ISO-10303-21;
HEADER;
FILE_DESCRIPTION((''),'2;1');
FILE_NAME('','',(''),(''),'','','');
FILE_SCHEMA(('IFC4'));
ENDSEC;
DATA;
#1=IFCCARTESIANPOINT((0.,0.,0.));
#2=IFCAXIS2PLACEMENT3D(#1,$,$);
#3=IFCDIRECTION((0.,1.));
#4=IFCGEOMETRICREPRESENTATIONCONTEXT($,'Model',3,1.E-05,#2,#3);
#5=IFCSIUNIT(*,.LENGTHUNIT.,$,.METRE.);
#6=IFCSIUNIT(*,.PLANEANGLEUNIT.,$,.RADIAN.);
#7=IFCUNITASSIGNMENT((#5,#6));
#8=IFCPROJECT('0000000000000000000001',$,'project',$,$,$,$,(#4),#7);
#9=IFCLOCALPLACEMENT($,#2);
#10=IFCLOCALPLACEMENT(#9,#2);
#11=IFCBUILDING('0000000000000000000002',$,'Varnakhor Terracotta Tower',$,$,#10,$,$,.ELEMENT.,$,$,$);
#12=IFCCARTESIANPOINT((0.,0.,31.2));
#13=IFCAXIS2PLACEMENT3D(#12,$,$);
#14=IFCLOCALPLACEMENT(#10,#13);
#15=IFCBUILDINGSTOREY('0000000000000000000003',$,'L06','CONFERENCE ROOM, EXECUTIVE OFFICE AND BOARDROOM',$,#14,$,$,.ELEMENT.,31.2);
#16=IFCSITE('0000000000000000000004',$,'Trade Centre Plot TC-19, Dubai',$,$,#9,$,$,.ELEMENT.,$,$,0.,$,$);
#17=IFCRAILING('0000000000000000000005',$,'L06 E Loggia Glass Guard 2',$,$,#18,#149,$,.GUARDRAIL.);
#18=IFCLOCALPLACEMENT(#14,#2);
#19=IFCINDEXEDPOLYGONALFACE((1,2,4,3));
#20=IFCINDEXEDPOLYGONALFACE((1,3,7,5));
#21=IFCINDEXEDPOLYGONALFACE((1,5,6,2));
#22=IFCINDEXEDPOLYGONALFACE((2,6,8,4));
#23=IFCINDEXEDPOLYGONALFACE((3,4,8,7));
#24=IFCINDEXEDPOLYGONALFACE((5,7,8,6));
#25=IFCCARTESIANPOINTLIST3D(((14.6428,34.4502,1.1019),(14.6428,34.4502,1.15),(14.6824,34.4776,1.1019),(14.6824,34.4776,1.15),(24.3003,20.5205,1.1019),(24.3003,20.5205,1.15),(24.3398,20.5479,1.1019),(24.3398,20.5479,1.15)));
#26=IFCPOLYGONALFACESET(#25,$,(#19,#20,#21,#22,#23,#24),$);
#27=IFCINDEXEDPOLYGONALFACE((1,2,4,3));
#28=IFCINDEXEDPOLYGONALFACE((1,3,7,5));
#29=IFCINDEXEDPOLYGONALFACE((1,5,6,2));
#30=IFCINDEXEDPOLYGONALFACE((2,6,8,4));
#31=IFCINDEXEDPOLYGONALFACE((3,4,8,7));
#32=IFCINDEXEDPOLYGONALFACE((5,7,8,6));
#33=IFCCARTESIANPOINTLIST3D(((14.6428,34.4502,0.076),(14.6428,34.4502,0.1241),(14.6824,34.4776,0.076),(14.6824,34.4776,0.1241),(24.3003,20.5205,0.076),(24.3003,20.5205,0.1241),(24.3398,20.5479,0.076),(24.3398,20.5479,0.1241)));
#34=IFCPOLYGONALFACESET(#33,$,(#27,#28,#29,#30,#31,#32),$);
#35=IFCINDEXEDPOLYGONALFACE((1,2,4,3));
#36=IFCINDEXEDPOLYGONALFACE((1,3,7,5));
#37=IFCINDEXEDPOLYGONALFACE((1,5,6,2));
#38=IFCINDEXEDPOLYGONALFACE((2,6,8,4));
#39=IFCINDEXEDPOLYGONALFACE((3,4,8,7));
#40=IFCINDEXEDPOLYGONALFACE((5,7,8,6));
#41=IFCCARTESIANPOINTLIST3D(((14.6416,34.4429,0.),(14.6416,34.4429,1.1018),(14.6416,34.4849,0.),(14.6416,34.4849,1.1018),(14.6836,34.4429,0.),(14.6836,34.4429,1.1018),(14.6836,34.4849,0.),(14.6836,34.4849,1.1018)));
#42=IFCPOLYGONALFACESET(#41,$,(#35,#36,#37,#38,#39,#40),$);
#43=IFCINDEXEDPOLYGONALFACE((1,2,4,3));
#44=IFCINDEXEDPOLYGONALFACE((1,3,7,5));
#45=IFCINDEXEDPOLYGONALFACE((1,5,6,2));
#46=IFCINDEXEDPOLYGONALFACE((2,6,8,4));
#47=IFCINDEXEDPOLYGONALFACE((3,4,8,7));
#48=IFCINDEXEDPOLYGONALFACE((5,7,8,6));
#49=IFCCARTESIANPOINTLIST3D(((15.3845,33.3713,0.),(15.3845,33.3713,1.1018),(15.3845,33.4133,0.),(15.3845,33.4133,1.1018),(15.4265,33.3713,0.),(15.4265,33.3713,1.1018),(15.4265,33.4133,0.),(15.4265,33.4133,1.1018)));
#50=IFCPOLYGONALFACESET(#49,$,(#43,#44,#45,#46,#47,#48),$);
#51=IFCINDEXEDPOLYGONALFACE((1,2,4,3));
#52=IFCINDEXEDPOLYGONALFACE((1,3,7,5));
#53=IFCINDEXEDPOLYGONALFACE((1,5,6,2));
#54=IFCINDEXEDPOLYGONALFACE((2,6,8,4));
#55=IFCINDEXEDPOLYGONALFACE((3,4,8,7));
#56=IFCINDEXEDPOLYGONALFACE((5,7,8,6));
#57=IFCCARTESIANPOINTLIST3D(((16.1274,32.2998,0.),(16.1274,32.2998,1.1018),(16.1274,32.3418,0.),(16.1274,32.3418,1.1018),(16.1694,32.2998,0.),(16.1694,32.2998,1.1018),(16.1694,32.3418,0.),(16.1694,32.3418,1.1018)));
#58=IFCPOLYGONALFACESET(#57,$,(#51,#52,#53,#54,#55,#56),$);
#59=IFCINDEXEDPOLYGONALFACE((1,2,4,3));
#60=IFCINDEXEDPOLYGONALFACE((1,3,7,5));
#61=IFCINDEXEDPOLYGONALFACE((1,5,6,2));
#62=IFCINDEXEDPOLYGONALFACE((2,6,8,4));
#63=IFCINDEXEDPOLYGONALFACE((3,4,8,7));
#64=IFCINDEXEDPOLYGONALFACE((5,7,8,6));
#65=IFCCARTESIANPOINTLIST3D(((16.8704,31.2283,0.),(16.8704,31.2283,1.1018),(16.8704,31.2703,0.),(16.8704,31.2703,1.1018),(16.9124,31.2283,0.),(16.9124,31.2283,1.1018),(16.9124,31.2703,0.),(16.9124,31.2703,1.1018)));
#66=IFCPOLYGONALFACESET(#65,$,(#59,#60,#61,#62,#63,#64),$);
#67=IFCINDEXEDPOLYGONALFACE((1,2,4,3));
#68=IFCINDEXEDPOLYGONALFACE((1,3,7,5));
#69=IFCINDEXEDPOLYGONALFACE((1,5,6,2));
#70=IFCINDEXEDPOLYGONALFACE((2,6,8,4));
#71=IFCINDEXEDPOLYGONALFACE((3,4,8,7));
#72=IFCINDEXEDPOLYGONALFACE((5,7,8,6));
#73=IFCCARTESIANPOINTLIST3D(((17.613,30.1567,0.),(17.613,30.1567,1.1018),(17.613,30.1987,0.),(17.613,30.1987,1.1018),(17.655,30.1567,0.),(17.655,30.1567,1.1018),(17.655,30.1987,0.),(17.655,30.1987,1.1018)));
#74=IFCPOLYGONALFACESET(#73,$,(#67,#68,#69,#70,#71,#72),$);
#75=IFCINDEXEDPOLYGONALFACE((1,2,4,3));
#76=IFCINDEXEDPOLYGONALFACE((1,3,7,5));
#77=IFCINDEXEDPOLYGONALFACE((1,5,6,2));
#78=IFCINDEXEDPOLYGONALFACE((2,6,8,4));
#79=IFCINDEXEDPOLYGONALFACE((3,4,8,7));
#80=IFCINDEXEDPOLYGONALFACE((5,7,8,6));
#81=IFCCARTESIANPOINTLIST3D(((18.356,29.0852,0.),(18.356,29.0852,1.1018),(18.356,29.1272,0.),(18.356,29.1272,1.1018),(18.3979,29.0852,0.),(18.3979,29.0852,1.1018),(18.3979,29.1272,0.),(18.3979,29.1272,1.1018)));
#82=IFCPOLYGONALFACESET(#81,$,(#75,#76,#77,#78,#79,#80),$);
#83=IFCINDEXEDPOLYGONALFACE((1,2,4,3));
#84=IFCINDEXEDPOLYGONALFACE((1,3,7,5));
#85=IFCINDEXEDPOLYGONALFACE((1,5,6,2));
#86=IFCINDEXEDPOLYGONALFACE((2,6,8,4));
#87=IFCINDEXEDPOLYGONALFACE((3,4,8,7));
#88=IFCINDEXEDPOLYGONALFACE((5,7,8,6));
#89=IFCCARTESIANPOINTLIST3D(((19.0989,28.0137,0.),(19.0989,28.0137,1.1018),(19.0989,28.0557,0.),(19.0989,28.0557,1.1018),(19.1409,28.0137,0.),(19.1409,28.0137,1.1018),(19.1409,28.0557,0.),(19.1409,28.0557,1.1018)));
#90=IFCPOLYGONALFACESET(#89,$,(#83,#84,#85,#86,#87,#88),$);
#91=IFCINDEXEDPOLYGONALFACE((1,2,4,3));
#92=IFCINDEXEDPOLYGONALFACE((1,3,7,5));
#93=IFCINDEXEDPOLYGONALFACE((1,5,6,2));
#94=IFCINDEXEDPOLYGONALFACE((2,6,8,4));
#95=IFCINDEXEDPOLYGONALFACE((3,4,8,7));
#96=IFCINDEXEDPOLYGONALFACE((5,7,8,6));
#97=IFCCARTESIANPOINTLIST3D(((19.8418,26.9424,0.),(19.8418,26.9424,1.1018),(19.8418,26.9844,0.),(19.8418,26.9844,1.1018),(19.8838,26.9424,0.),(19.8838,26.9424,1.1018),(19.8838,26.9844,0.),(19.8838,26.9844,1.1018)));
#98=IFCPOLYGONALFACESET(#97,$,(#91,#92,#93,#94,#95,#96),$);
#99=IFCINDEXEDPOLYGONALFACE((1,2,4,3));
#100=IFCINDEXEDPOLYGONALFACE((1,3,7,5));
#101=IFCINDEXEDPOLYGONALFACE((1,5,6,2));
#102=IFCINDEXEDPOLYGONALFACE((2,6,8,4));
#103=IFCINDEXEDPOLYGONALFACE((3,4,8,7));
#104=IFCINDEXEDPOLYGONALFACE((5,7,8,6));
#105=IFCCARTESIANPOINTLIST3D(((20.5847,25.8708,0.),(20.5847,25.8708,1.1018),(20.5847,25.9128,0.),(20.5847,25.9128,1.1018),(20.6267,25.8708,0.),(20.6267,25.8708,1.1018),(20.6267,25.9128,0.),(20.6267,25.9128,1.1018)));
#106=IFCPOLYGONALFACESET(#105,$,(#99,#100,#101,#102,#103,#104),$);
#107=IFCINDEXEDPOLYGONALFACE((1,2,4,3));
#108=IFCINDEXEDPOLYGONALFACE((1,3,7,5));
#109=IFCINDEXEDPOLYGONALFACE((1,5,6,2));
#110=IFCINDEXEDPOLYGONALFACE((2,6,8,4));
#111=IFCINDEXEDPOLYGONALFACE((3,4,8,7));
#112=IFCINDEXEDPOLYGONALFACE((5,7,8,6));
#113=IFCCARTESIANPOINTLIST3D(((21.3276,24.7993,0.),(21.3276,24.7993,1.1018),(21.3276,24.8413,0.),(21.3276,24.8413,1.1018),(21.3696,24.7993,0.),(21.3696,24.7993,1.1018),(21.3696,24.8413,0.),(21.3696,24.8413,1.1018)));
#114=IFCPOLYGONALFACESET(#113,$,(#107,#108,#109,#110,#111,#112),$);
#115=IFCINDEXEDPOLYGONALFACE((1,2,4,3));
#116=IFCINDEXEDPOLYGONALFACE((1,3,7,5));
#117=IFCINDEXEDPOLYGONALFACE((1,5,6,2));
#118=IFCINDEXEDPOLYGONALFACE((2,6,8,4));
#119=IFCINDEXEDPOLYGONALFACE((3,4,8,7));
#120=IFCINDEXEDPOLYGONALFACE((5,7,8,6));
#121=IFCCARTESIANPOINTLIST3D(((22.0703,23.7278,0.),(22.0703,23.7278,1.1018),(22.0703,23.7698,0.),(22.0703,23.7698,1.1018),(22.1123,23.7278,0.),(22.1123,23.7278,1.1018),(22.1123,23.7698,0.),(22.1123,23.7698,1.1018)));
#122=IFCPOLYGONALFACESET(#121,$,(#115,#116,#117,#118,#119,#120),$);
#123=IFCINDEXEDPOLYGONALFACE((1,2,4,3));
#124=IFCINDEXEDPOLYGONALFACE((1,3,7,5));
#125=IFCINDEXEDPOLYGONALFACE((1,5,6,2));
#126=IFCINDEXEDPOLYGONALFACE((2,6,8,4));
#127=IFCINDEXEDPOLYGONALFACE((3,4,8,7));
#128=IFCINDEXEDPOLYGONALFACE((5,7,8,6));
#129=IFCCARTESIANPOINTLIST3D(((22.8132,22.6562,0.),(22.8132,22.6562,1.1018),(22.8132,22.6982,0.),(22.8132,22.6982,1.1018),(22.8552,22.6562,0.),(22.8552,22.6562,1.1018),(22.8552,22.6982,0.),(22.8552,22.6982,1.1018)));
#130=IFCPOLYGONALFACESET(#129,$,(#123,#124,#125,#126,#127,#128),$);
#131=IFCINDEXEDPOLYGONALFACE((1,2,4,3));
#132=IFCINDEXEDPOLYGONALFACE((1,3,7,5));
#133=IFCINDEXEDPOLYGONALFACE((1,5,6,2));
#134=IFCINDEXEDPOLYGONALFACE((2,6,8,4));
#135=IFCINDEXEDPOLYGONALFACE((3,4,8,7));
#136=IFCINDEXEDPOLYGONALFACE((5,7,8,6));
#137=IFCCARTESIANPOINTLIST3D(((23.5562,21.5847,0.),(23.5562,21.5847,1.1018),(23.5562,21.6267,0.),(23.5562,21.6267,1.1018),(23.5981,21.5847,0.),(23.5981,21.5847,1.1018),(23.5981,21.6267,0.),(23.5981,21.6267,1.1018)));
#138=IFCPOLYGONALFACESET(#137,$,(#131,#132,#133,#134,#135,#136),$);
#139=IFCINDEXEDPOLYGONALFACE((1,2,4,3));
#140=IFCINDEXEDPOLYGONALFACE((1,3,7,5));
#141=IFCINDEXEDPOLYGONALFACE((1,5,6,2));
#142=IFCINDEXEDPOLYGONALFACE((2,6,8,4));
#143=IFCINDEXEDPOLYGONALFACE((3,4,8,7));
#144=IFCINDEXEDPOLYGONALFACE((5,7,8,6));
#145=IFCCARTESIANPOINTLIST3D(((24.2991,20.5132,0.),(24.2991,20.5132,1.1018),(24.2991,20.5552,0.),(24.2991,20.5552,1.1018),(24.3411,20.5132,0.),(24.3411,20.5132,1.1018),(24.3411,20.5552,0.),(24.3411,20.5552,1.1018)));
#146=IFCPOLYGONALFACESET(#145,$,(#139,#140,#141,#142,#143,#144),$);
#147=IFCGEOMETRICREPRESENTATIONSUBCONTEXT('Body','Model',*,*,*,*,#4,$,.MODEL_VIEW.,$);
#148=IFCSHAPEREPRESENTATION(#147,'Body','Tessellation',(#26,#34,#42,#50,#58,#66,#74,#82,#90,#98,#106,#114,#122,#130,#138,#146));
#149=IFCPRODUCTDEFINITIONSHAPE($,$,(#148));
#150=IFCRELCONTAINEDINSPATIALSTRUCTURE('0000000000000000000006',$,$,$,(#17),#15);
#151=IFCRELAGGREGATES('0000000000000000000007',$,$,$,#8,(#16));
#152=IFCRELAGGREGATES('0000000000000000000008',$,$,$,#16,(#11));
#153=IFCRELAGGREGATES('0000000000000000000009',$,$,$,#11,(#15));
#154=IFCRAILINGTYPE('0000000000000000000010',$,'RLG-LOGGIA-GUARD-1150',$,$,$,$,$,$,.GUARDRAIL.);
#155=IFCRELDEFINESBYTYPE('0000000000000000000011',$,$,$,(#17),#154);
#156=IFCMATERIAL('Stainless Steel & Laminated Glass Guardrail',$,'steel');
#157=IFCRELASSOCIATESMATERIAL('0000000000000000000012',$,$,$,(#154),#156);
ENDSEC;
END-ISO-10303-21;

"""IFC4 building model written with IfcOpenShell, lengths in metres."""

from ifc_helpers import new_model, si_unit, direction, frame, origin, origin_2d, place, context, subcontext, project, spatial, rectangle, extrude, material, type_object, element, save


model = new_model("IFC4")

# Units and contexts
model_context = context("Model", 3, precision=1e-05, world=origin(), true_north=direction((0.0, 1.0)))
body_context = subcontext(model_context, "Body", "Model", "MODEL_VIEW")
ifc_project = project(units=[si_unit("LENGTHUNIT", "METRE"), si_unit("PLANEANGLEUNIT", "RADIAN")], contexts=[model_context])

# Site, building, storey
site_placement = place(None, origin())
site = spatial("IfcSite", under=ifc_project, at=site_placement, Name="Trade Centre Plot TC-19, Dubai", CompositionType="ELEMENT", RefElevation=0.0)
building_placement = place(site_placement, origin())
building = spatial("IfcBuilding", under=site, at=building_placement, Name="Varnakhor Terracotta Tower", CompositionType="ELEMENT")
storey_placement = place(building_placement, frame((0.0, 0.0, 31.2)))
storey = spatial("IfcBuildingStorey", under=building, at=storey_placement, Name="L06", Description="CONFERENCE ROOM, EXECUTIVE OFFICE AND BOARDROOM", CompositionType="ELEMENT", Elevation=31.2)

# Railing
ifc_material_1 = material(Name="Stainless Steel & Laminated Glass Guardrail", Category="steel")
railing_type = type_object("IfcRailingType", Name="RLG-LOGGIA-GUARD-1150", PredefinedType="GUARDRAIL", material=ifc_material_1)
railing_1_placement = place(storey_placement, frame((14.6626, 34.4639, 0.0)))
element("IfcRailing", 1, at=railing_1_placement, inside=storey, type_object=railing_type, Name="L06 E Loggia Glass Guard 2", PredefinedType="GUARDRAIL", context=body_context, shape_type="SweptSolid", body=[
    extrude(rectangle(XDim=0.0481, YDim=0.0481, at=origin_2d()), frame((0.0, 0.0, 1.126), z_axis=(0.569762, -0.82181, 0.0), x_axis=(0.82181, 0.569762, 0.0)), (0.0, 0.0, 1.0), 16.95),
    extrude(rectangle(XDim=0.0481, YDim=0.0481, at=origin_2d()), frame((0.0, 0.0, 0.1001), z_axis=(0.569762, -0.82181, 0.0), x_axis=(0.82181, 0.569762, 0.0)), (0.0, 0.0, 1.0), 16.95),
    extrude(rectangle(XDim=0.042, YDim=0.042, at=origin_2d()), origin(), (0.0, 0.0, 1.0), 1.1018),
    extrude(rectangle(XDim=0.042, YDim=0.042, at=origin_2d()), frame((0.7429, -1.0715, 0.0)), (0.0, 0.0, 1.0), 1.1018),
    extrude(rectangle(XDim=0.042, YDim=0.042, at=origin_2d()), frame((1.4858, -2.1431, 0.0)), (0.0, 0.0, 1.0), 1.1018),
    extrude(rectangle(XDim=0.042, YDim=0.042, at=origin_2d()), frame((2.2288, -3.2146, 0.0)), (0.0, 0.0, 1.0), 1.1018),
    extrude(rectangle(XDim=0.042, YDim=0.042, at=origin_2d()), frame((2.9714, -4.2861, 0.0)), (0.0, 0.0, 1.0), 1.1018),
    extrude(rectangle(XDim=0.042, YDim=0.042, at=origin_2d()), frame((3.7144, -5.3577, 0.0)), (0.0, 0.0, 1.0), 1.1018),
    extrude(rectangle(XDim=0.042, YDim=0.042, at=origin_2d()), frame((4.4573, -6.4292, 0.0)), (0.0, 0.0, 1.0), 1.1018),
    extrude(rectangle(XDim=0.042, YDim=0.042, at=origin_2d()), frame((5.2002, -7.5005, 0.0)), (0.0, 0.0, 1.0), 1.1018),
    extrude(rectangle(XDim=0.042, YDim=0.042, at=origin_2d()), frame((5.9431, -8.572, 0.0)), (0.0, 0.0, 1.0), 1.1018),
    extrude(rectangle(XDim=0.042, YDim=0.042, at=origin_2d()), frame((6.686, -9.6436, 0.0)), (0.0, 0.0, 1.0), 1.1018),
    extrude(rectangle(XDim=0.042, YDim=0.042, at=origin_2d()), frame((7.4287, -10.7151, 0.0)), (0.0, 0.0, 1.0), 1.1018),
    extrude(rectangle(XDim=0.042, YDim=0.042, at=origin_2d()), frame((8.1716, -11.7866, 0.0)), (0.0, 0.0, 1.0), 1.1018),
    extrude(rectangle(XDim=0.042, YDim=0.042, at=origin_2d()), frame((8.9146, -12.8582, 0.0)), (0.0, 0.0, 1.0), 1.1018),
    extrude(rectangle(XDim=0.042, YDim=0.042, at=origin_2d()), frame((9.6575, -13.9297, 0.0)), (0.0, 0.0, 1.0), 1.1018),
])

save(model, "model.ifc")
